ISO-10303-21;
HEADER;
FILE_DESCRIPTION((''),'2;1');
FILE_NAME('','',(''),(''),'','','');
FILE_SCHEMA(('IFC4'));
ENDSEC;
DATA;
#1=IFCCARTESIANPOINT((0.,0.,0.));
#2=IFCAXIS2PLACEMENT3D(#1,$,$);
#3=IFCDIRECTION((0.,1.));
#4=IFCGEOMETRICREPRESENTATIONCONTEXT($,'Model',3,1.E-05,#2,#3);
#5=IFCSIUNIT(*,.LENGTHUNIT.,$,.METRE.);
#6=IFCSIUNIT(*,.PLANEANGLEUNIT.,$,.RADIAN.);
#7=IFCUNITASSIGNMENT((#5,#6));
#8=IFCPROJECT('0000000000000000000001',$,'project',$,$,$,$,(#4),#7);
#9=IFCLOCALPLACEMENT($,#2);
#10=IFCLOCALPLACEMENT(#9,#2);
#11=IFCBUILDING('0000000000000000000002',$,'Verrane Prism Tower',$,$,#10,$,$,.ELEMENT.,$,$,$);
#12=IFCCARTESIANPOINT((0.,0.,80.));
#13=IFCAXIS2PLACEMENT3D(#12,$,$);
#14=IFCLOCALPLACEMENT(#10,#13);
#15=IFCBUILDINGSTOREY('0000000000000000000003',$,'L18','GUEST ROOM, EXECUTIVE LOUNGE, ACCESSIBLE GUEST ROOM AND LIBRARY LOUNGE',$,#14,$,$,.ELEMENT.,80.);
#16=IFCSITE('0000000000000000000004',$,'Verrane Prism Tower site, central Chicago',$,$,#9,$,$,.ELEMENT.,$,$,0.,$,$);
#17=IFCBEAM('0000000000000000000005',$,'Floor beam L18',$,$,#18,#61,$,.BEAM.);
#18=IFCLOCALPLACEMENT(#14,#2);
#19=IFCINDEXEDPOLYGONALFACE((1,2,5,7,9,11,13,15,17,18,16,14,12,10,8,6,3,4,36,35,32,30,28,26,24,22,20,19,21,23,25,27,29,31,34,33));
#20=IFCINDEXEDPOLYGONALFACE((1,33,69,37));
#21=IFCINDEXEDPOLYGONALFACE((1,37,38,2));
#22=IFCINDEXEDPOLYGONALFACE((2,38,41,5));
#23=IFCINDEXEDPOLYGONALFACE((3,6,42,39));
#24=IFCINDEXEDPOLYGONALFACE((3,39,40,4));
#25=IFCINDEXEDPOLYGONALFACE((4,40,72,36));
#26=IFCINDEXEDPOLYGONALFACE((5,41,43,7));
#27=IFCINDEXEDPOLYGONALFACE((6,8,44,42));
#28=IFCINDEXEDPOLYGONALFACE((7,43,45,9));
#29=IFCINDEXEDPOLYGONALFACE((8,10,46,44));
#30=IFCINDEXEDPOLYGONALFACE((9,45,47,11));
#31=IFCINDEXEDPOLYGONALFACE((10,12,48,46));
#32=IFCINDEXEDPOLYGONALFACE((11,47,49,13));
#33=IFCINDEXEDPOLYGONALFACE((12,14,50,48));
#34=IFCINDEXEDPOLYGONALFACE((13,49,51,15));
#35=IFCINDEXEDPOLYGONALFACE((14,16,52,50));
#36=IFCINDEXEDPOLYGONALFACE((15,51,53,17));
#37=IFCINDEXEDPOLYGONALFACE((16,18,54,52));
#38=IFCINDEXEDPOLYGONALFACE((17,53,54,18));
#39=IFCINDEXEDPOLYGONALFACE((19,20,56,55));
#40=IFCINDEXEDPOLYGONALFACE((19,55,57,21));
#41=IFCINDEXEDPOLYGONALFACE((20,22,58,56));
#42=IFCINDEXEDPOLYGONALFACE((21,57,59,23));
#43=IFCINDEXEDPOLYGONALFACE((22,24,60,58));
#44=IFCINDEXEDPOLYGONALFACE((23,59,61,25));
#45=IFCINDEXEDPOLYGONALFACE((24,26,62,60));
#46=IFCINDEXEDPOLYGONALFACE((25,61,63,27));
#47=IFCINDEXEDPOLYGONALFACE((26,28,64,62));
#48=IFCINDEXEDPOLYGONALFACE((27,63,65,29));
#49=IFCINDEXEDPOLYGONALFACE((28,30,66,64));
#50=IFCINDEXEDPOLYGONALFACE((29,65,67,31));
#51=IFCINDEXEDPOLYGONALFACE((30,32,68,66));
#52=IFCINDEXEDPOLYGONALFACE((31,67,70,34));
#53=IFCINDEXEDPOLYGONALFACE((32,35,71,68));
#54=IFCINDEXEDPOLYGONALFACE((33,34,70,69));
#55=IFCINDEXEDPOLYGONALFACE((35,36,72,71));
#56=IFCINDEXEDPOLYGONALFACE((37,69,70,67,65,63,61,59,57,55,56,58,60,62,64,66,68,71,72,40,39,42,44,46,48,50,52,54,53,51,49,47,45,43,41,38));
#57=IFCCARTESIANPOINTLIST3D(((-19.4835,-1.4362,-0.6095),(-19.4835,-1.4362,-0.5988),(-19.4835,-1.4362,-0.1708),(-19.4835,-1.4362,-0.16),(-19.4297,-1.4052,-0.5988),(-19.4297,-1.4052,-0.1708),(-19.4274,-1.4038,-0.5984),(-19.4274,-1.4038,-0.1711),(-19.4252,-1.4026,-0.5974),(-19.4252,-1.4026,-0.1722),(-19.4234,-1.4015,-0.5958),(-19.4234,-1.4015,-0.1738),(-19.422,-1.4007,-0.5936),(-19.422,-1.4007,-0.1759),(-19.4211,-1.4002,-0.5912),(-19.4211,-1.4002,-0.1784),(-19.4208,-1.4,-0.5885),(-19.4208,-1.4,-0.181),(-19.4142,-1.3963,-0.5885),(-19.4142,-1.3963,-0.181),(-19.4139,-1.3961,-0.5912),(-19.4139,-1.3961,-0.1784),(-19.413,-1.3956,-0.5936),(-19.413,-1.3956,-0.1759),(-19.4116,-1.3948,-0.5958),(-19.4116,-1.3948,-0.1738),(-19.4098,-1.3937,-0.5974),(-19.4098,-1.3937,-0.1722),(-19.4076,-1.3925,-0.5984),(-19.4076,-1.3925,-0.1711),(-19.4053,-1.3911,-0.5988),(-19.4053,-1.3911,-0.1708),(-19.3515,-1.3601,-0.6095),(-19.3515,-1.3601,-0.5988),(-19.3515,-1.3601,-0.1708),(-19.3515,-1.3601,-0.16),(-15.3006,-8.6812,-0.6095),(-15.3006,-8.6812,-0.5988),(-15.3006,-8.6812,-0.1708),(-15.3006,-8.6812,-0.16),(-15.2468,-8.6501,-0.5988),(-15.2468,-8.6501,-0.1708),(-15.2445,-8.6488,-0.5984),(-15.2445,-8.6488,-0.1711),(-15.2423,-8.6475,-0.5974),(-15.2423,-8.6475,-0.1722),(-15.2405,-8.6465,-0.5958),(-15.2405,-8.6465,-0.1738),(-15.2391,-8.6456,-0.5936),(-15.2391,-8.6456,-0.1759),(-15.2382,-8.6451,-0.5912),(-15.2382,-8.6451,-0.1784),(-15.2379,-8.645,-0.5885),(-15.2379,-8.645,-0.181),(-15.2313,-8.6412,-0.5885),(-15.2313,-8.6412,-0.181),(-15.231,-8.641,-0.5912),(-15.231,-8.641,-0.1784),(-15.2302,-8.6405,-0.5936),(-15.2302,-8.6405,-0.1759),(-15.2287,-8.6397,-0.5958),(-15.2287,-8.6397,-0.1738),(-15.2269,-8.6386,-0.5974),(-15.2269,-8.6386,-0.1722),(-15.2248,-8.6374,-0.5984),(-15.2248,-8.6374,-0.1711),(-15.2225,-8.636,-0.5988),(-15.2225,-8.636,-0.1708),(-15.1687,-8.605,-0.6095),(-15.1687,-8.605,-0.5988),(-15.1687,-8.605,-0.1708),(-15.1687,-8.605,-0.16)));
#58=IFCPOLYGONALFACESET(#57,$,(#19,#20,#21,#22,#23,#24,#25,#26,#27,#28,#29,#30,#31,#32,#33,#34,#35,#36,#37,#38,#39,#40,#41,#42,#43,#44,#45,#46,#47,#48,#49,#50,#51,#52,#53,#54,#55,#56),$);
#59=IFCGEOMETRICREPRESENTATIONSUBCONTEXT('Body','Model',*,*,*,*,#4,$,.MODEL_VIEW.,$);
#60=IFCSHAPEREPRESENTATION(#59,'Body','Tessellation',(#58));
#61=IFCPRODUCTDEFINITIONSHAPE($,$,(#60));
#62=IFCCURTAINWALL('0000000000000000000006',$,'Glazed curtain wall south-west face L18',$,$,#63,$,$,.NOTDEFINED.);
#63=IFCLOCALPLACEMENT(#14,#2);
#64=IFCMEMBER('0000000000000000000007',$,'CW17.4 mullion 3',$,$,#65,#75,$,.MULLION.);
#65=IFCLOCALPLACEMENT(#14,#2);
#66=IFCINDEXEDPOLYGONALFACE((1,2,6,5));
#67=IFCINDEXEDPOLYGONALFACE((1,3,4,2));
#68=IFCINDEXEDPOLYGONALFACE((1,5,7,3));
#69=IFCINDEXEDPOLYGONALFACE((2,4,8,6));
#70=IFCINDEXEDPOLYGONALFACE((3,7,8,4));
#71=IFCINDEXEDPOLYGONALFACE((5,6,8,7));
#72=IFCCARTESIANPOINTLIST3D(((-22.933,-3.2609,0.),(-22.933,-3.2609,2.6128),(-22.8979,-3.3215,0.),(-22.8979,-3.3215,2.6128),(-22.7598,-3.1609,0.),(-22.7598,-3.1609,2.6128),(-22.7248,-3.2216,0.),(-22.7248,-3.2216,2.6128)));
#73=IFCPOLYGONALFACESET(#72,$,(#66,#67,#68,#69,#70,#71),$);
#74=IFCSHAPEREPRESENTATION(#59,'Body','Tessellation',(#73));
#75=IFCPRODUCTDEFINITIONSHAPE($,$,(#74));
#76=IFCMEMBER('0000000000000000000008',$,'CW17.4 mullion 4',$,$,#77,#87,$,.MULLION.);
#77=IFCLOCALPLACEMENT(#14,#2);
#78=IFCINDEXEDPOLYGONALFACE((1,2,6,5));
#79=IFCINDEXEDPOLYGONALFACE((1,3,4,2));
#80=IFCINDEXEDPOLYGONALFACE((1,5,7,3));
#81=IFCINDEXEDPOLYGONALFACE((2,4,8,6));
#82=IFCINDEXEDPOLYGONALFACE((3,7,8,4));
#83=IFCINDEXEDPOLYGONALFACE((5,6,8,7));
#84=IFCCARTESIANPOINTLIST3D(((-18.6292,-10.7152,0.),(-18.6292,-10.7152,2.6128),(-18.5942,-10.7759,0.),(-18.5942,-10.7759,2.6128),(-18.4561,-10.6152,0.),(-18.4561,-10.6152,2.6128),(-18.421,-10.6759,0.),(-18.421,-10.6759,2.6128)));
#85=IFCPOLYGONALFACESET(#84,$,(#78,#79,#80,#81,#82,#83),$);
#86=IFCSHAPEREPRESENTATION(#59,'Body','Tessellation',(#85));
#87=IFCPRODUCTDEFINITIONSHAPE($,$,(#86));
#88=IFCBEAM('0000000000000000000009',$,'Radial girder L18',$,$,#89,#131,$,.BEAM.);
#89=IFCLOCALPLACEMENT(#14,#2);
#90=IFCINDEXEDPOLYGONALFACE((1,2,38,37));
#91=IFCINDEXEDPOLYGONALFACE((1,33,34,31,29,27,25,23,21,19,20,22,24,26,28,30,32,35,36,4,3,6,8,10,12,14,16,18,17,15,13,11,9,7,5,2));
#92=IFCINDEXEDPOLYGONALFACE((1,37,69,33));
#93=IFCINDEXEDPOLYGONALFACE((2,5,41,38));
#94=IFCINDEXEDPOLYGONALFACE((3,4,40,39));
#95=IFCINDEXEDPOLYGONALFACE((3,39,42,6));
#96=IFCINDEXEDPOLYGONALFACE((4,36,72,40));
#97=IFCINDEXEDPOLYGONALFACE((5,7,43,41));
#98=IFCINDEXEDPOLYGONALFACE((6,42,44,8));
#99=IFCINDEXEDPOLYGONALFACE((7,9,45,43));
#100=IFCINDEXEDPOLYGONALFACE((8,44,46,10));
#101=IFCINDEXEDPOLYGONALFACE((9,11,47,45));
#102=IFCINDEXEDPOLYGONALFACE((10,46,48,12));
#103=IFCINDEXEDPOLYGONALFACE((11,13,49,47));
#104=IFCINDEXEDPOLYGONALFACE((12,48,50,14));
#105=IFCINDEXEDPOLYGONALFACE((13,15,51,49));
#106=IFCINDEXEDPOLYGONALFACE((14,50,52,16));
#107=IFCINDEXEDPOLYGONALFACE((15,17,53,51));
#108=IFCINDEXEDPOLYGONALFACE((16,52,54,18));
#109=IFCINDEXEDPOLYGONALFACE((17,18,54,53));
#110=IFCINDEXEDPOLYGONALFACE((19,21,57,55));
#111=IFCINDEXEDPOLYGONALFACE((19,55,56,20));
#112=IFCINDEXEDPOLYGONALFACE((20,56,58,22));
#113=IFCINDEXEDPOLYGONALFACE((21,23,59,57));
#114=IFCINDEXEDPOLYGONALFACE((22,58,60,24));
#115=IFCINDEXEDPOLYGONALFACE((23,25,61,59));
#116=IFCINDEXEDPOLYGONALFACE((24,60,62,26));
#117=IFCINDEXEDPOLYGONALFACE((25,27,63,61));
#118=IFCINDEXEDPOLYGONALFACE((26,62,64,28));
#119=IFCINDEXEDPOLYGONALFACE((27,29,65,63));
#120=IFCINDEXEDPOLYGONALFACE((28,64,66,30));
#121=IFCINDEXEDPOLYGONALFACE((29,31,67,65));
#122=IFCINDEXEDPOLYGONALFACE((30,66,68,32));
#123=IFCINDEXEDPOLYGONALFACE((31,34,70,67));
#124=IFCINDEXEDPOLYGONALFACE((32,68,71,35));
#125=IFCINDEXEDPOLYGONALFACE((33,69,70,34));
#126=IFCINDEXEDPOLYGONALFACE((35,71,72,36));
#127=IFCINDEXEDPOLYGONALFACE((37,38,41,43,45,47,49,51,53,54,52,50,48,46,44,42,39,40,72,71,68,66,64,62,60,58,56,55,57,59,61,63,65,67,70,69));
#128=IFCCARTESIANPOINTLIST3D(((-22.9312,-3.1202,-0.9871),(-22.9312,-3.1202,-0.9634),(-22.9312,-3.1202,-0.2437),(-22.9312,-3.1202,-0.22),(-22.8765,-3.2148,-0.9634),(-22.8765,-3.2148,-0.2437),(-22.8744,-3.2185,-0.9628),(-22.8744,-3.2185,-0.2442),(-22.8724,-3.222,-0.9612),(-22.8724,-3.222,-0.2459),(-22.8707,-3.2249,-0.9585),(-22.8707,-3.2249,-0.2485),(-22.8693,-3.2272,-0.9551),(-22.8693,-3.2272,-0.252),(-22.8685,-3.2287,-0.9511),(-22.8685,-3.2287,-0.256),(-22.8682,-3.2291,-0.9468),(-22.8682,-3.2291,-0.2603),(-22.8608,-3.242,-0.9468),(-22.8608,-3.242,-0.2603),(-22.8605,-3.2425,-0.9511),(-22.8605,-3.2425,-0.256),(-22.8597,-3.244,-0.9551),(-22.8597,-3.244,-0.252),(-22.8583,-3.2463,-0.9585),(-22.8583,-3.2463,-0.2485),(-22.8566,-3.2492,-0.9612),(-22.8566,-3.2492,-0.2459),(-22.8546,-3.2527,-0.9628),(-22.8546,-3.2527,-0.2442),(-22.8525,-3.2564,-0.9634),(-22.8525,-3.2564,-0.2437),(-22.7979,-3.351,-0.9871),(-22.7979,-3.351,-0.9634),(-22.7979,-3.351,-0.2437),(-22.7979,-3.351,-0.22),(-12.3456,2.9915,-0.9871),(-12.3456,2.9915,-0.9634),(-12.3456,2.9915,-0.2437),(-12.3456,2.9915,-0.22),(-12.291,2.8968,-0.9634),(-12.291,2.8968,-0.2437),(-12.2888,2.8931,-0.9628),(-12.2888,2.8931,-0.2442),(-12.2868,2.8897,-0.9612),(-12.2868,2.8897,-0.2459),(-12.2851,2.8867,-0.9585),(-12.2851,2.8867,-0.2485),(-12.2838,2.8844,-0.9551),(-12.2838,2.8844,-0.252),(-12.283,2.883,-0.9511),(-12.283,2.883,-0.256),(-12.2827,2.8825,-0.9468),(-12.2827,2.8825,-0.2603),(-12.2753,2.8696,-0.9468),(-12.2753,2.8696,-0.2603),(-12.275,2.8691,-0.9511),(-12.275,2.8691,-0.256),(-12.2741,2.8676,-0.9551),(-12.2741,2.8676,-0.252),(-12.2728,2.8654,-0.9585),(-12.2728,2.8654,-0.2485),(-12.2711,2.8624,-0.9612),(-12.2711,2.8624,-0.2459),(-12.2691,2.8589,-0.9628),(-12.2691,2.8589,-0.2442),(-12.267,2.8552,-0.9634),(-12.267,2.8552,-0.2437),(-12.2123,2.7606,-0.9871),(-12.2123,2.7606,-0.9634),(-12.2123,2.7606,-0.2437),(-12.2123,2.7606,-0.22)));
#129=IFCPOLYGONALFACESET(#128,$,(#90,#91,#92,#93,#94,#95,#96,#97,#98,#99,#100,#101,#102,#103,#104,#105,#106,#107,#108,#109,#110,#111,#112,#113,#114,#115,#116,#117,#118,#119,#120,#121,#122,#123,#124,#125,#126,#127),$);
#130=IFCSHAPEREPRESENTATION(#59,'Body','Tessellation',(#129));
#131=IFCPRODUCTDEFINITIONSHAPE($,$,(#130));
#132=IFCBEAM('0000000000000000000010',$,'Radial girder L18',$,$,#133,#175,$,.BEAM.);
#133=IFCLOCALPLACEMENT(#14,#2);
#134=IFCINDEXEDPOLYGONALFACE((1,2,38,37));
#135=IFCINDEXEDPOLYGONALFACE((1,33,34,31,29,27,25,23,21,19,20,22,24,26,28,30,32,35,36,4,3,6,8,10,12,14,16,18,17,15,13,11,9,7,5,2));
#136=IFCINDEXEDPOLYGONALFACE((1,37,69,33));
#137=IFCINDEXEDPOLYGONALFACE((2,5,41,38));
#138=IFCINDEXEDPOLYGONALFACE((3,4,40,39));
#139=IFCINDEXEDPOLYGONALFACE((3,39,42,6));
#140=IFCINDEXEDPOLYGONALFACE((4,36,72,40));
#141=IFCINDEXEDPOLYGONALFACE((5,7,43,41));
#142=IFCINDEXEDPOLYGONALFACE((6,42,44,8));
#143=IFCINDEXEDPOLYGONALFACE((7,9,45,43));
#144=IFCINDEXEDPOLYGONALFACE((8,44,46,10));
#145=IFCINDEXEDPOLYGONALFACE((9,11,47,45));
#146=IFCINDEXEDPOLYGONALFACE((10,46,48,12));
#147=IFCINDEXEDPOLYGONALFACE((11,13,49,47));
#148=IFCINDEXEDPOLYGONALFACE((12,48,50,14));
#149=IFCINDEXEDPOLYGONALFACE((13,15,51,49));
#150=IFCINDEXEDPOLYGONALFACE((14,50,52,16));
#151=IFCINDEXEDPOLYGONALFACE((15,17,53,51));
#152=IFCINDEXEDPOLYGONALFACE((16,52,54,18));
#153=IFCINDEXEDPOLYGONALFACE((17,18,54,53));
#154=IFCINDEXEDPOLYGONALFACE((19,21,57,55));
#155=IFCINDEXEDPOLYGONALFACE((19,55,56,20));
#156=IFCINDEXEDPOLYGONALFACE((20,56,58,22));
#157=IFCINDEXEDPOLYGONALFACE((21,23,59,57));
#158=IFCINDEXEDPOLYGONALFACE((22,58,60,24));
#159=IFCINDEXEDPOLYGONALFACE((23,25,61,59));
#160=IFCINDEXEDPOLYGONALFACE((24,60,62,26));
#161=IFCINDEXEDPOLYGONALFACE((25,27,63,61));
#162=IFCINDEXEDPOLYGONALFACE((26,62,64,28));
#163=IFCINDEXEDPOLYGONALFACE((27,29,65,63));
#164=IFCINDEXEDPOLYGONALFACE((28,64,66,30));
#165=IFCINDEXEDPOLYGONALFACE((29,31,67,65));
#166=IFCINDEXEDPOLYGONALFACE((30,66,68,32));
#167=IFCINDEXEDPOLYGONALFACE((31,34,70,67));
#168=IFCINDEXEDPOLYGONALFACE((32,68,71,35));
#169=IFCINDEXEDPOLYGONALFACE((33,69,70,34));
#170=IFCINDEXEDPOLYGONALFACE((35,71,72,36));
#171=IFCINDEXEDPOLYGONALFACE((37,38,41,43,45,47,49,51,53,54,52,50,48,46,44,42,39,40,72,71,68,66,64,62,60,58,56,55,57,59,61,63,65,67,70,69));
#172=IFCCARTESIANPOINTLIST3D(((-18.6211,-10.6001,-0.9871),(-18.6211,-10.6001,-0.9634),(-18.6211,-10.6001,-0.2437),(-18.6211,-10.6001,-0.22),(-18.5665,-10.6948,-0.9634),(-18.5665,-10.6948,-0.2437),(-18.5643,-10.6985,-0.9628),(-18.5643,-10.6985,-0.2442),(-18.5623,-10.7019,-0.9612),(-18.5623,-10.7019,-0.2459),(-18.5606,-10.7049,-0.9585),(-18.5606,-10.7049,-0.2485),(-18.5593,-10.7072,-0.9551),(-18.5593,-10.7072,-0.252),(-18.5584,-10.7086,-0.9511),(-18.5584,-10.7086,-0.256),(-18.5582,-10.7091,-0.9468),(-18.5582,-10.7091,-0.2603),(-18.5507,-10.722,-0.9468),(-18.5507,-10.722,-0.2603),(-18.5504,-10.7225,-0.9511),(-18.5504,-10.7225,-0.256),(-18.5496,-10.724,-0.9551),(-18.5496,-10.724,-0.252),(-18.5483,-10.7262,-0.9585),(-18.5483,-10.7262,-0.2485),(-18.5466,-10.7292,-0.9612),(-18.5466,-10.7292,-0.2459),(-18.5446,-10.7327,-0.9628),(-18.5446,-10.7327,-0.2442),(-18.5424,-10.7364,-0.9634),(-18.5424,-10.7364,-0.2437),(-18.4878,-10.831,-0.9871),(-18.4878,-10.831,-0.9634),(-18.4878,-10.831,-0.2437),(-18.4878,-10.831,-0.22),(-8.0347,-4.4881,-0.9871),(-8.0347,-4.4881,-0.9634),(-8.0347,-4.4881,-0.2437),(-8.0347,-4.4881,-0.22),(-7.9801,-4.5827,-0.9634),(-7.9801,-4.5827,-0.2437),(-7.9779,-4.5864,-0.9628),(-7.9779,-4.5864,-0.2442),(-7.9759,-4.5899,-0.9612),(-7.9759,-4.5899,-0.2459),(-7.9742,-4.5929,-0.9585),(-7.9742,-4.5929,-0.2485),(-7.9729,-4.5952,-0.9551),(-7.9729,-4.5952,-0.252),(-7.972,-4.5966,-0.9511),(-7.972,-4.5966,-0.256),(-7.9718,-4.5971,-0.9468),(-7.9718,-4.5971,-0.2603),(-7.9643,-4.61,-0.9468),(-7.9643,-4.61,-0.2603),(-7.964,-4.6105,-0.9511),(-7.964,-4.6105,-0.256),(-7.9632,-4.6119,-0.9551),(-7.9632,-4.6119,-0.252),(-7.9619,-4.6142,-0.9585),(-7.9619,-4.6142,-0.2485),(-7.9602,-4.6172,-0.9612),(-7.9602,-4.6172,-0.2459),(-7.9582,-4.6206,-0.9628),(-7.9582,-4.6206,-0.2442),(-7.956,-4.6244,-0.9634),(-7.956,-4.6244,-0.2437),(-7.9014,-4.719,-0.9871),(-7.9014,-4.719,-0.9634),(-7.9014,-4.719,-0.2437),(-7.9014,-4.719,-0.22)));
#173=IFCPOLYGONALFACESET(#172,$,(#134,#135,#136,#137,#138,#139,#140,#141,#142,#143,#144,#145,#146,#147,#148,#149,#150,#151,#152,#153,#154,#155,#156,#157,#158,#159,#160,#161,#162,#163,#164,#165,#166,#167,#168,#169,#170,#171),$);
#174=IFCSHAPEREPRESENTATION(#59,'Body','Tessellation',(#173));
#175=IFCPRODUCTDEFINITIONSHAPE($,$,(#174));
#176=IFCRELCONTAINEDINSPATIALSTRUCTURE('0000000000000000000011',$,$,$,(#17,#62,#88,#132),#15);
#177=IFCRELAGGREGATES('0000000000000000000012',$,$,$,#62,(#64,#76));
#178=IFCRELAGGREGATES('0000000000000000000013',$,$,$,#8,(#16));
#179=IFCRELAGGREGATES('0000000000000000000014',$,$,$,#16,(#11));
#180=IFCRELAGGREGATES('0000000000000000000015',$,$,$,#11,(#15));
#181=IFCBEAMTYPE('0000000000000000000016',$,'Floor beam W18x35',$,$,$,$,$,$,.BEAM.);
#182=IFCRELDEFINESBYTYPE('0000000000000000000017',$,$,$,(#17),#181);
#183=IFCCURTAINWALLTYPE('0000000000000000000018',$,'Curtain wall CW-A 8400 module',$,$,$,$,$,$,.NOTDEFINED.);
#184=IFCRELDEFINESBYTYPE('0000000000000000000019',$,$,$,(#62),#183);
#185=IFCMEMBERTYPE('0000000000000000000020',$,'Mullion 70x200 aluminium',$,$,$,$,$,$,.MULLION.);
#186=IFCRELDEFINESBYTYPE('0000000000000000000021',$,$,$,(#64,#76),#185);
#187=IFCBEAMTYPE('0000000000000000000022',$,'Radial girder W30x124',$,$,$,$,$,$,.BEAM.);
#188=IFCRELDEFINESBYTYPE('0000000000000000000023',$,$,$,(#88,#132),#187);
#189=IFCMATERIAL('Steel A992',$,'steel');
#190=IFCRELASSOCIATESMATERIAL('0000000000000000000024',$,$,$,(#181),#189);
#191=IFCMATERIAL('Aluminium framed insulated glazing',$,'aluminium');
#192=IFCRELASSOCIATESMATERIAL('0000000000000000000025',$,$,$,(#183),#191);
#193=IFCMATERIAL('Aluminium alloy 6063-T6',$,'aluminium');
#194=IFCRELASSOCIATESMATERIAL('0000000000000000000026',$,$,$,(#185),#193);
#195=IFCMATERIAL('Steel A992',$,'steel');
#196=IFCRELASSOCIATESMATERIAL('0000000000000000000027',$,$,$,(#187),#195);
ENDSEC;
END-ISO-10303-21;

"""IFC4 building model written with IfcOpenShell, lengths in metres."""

from ifc_helpers import new_model, si_unit, direction, frame, origin, origin_2d, place, context, subcontext, project, spatial, rectangle, i_section, extrude, material, material_profile, profile_set, type_object, element, aggregate, save


model = new_model("IFC4")

# Units and contexts
model_context = context("Model", 3, precision=1e-05, world=origin(), true_north=direction((0.0, 1.0)))
body_context = subcontext(model_context, "Body", "Model", "MODEL_VIEW")
ifc_project = project(units=[si_unit("LENGTHUNIT", "METRE"), si_unit("PLANEANGLEUNIT", "RADIAN")], contexts=[model_context])

# Site, building, storey
site_placement = place(None, origin())
site = spatial("IfcSite", under=ifc_project, at=site_placement, Name="Verrane Prism Tower site, central Chicago", CompositionType="ELEMENT", RefElevation=0.0)
building_placement = place(site_placement, origin())
building = spatial("IfcBuilding", under=site, at=building_placement, Name="Verrane Prism Tower", CompositionType="ELEMENT")
storey_placement = place(building_placement, frame((0.0, 0.0, 80.0)))
storey = spatial("IfcBuildingStorey", under=building, at=storey_placement, Name="L18", Description="GUEST ROOM, EXECUTIVE LOUNGE, ACCESSIBLE GUEST ROOM AND LIBRARY LOUNGE", CompositionType="ELEMENT", Elevation=80.0)

# Beam
ifc_material_1 = material(Name="Steel A992", Category="steel")
ifc_material_profile_1 = material_profile(ifc_material_1, i_section(OverallWidth=0.1523, OverallDepth=0.4495, WebThickness=0.0076, FlangeThickness=0.0107, FilletRadius=0.0103, at=origin_2d()), Name="W18x35")
ifc_profile_set_1 = profile_set([ifc_material_profile_1], Name="Steel A992")
beam_type_1 = type_object("IfcBeamType", Name="Floor beam W18x35", PredefinedType="BEAM", material=ifc_profile_set_1)
beam_1_placement = place(storey_placement, frame((-15.2346, -8.6431, -0.3848), z_axis=(-0.500003, 0.866024, 0.0), x_axis=(-0.866024, -0.500003, 0.0)))
element("IfcBeam", 1, at=beam_1_placement, inside=storey, type_object=beam_type_1, Name="Floor beam L18", PredefinedType="BEAM", context=body_context, shape_type="SweptSolid", body=[
    extrude(i_section(OverallWidth=0.1523, OverallDepth=0.4495, WebThickness=0.0076, FlangeThickness=0.0107, FilletRadius=0.0103, at=origin_2d()), origin(), (0.0, 0.0, 1.0), 8.3657),
])

# Curtain wall, members
ifc_material_2 = material(Name="Aluminium framed insulated glazing", Category="aluminium")
curtain_wall_type = type_object("IfcCurtainWallType", Name="Curtain wall CW-A 8400 module", PredefinedType="NOTDEFINED", material=ifc_material_2)
curtain_wall_placement = place(storey_placement, origin())
curtain_wall = element("IfcCurtainWall", 2, at=curtain_wall_placement, inside=storey, type_object=curtain_wall_type, Name="Glazed curtain wall south-west face L18", PredefinedType="NOTDEFINED")
ifc_material_3 = material(Name="Aluminium alloy 6063-T6", Category="aluminium")
ifc_material_profile_2 = material_profile(ifc_material_3, rectangle(XDim=0.2, YDim=0.0701, at=origin_2d()), Name="Mullion 70x200 aluminium")
ifc_profile_set_2 = profile_set([ifc_material_profile_2], Name="Aluminium alloy 6063-T6")
member_type_1 = type_object("IfcMemberType", Name="Mullion 70x200 aluminium", PredefinedType="MULLION", material=ifc_profile_set_2)
member_1_placement = place(storey_placement, frame((-22.8289, -3.2412, 0.0), z_axis=(0.0, 0.0, 1.0), x_axis=(0.866026, 0.499999, 0.0)))
member_1 = element("IfcMember", 3, at=member_1_placement, type_object=member_type_1, Name="CW17.4 mullion 3", PredefinedType="MULLION", context=body_context, shape_type="SweptSolid", body=[
    extrude(rectangle(XDim=0.2, YDim=0.0701, at=origin_2d()), origin(), (0.0, 0.0, 1.0), 2.6128),
])
member_2_placement = place(storey_placement, frame((-18.5251, -10.6956, 0.0), z_axis=(0.0, 0.0, 1.0), x_axis=(0.866026, 0.499999, 0.0)))
member_2 = element("IfcMember", 4, at=member_2_placement, type_object=member_type_1, Name="CW17.4 mullion 4", PredefinedType="MULLION", context=body_context, shape_type="SweptSolid", body=[
    extrude(rectangle(XDim=0.2, YDim=0.0701, at=origin_2d()), origin(), (0.0, 0.0, 1.0), 2.6128),
])

# Beams
ifc_material_4 = material(Name="Steel A992", Category="steel")
ifc_material_profile_3 = material_profile(ifc_material_4, i_section(OverallWidth=0.2666, OverallDepth=0.7671, WebThickness=0.0149, FlangeThickness=0.0237, FilletRadius=0.0166, at=origin_2d()), Name="W30x124")
ifc_profile_set_3 = profile_set([ifc_material_profile_3], Name="Steel A992")
beam_type_2 = type_object("IfcBeamType", Name="Radial girder W30x124", PredefinedType="BEAM", material=ifc_profile_set_3)
beam_2_placement = place(storey_placement, frame((-22.8645, -3.2356, -0.6035), z_axis=(0.866023, 0.500004, 0.0), x_axis=(-0.500004, 0.866023, 0.0)))
element("IfcBeam", 5, at=beam_2_placement, inside=storey, type_object=beam_type_2, Name="Radial girder L18", PredefinedType="BEAM", context=body_context, shape_type="SweptSolid", body=[
    extrude(i_section(OverallWidth=0.2666, OverallDepth=0.7671, WebThickness=0.0149, FlangeThickness=0.0237, FilletRadius=0.0166, at=origin_2d()), origin(), (0.0, 0.0, 1.0), 12.2231),
])
beam_3_placement = place(storey_placement, frame((-18.5544, -10.7156, -0.6035), z_axis=(0.866026, 0.499999, 0.0), x_axis=(-0.499999, 0.866026, 0.0)))
element("IfcBeam", 6, at=beam_3_placement, inside=storey, type_object=beam_type_2, Name="Radial girder L18", PredefinedType="BEAM", context=body_context, shape_type="SweptSolid", body=[
    extrude(i_section(OverallWidth=0.2666, OverallDepth=0.7671, WebThickness=0.0149, FlangeThickness=0.0237, FilletRadius=0.0166, at=origin_2d()), origin(), (0.0, 0.0, 1.0), 12.2241),
])

aggregate(curtain_wall, [member_1, member_2])

save(model, "model.ifc")
